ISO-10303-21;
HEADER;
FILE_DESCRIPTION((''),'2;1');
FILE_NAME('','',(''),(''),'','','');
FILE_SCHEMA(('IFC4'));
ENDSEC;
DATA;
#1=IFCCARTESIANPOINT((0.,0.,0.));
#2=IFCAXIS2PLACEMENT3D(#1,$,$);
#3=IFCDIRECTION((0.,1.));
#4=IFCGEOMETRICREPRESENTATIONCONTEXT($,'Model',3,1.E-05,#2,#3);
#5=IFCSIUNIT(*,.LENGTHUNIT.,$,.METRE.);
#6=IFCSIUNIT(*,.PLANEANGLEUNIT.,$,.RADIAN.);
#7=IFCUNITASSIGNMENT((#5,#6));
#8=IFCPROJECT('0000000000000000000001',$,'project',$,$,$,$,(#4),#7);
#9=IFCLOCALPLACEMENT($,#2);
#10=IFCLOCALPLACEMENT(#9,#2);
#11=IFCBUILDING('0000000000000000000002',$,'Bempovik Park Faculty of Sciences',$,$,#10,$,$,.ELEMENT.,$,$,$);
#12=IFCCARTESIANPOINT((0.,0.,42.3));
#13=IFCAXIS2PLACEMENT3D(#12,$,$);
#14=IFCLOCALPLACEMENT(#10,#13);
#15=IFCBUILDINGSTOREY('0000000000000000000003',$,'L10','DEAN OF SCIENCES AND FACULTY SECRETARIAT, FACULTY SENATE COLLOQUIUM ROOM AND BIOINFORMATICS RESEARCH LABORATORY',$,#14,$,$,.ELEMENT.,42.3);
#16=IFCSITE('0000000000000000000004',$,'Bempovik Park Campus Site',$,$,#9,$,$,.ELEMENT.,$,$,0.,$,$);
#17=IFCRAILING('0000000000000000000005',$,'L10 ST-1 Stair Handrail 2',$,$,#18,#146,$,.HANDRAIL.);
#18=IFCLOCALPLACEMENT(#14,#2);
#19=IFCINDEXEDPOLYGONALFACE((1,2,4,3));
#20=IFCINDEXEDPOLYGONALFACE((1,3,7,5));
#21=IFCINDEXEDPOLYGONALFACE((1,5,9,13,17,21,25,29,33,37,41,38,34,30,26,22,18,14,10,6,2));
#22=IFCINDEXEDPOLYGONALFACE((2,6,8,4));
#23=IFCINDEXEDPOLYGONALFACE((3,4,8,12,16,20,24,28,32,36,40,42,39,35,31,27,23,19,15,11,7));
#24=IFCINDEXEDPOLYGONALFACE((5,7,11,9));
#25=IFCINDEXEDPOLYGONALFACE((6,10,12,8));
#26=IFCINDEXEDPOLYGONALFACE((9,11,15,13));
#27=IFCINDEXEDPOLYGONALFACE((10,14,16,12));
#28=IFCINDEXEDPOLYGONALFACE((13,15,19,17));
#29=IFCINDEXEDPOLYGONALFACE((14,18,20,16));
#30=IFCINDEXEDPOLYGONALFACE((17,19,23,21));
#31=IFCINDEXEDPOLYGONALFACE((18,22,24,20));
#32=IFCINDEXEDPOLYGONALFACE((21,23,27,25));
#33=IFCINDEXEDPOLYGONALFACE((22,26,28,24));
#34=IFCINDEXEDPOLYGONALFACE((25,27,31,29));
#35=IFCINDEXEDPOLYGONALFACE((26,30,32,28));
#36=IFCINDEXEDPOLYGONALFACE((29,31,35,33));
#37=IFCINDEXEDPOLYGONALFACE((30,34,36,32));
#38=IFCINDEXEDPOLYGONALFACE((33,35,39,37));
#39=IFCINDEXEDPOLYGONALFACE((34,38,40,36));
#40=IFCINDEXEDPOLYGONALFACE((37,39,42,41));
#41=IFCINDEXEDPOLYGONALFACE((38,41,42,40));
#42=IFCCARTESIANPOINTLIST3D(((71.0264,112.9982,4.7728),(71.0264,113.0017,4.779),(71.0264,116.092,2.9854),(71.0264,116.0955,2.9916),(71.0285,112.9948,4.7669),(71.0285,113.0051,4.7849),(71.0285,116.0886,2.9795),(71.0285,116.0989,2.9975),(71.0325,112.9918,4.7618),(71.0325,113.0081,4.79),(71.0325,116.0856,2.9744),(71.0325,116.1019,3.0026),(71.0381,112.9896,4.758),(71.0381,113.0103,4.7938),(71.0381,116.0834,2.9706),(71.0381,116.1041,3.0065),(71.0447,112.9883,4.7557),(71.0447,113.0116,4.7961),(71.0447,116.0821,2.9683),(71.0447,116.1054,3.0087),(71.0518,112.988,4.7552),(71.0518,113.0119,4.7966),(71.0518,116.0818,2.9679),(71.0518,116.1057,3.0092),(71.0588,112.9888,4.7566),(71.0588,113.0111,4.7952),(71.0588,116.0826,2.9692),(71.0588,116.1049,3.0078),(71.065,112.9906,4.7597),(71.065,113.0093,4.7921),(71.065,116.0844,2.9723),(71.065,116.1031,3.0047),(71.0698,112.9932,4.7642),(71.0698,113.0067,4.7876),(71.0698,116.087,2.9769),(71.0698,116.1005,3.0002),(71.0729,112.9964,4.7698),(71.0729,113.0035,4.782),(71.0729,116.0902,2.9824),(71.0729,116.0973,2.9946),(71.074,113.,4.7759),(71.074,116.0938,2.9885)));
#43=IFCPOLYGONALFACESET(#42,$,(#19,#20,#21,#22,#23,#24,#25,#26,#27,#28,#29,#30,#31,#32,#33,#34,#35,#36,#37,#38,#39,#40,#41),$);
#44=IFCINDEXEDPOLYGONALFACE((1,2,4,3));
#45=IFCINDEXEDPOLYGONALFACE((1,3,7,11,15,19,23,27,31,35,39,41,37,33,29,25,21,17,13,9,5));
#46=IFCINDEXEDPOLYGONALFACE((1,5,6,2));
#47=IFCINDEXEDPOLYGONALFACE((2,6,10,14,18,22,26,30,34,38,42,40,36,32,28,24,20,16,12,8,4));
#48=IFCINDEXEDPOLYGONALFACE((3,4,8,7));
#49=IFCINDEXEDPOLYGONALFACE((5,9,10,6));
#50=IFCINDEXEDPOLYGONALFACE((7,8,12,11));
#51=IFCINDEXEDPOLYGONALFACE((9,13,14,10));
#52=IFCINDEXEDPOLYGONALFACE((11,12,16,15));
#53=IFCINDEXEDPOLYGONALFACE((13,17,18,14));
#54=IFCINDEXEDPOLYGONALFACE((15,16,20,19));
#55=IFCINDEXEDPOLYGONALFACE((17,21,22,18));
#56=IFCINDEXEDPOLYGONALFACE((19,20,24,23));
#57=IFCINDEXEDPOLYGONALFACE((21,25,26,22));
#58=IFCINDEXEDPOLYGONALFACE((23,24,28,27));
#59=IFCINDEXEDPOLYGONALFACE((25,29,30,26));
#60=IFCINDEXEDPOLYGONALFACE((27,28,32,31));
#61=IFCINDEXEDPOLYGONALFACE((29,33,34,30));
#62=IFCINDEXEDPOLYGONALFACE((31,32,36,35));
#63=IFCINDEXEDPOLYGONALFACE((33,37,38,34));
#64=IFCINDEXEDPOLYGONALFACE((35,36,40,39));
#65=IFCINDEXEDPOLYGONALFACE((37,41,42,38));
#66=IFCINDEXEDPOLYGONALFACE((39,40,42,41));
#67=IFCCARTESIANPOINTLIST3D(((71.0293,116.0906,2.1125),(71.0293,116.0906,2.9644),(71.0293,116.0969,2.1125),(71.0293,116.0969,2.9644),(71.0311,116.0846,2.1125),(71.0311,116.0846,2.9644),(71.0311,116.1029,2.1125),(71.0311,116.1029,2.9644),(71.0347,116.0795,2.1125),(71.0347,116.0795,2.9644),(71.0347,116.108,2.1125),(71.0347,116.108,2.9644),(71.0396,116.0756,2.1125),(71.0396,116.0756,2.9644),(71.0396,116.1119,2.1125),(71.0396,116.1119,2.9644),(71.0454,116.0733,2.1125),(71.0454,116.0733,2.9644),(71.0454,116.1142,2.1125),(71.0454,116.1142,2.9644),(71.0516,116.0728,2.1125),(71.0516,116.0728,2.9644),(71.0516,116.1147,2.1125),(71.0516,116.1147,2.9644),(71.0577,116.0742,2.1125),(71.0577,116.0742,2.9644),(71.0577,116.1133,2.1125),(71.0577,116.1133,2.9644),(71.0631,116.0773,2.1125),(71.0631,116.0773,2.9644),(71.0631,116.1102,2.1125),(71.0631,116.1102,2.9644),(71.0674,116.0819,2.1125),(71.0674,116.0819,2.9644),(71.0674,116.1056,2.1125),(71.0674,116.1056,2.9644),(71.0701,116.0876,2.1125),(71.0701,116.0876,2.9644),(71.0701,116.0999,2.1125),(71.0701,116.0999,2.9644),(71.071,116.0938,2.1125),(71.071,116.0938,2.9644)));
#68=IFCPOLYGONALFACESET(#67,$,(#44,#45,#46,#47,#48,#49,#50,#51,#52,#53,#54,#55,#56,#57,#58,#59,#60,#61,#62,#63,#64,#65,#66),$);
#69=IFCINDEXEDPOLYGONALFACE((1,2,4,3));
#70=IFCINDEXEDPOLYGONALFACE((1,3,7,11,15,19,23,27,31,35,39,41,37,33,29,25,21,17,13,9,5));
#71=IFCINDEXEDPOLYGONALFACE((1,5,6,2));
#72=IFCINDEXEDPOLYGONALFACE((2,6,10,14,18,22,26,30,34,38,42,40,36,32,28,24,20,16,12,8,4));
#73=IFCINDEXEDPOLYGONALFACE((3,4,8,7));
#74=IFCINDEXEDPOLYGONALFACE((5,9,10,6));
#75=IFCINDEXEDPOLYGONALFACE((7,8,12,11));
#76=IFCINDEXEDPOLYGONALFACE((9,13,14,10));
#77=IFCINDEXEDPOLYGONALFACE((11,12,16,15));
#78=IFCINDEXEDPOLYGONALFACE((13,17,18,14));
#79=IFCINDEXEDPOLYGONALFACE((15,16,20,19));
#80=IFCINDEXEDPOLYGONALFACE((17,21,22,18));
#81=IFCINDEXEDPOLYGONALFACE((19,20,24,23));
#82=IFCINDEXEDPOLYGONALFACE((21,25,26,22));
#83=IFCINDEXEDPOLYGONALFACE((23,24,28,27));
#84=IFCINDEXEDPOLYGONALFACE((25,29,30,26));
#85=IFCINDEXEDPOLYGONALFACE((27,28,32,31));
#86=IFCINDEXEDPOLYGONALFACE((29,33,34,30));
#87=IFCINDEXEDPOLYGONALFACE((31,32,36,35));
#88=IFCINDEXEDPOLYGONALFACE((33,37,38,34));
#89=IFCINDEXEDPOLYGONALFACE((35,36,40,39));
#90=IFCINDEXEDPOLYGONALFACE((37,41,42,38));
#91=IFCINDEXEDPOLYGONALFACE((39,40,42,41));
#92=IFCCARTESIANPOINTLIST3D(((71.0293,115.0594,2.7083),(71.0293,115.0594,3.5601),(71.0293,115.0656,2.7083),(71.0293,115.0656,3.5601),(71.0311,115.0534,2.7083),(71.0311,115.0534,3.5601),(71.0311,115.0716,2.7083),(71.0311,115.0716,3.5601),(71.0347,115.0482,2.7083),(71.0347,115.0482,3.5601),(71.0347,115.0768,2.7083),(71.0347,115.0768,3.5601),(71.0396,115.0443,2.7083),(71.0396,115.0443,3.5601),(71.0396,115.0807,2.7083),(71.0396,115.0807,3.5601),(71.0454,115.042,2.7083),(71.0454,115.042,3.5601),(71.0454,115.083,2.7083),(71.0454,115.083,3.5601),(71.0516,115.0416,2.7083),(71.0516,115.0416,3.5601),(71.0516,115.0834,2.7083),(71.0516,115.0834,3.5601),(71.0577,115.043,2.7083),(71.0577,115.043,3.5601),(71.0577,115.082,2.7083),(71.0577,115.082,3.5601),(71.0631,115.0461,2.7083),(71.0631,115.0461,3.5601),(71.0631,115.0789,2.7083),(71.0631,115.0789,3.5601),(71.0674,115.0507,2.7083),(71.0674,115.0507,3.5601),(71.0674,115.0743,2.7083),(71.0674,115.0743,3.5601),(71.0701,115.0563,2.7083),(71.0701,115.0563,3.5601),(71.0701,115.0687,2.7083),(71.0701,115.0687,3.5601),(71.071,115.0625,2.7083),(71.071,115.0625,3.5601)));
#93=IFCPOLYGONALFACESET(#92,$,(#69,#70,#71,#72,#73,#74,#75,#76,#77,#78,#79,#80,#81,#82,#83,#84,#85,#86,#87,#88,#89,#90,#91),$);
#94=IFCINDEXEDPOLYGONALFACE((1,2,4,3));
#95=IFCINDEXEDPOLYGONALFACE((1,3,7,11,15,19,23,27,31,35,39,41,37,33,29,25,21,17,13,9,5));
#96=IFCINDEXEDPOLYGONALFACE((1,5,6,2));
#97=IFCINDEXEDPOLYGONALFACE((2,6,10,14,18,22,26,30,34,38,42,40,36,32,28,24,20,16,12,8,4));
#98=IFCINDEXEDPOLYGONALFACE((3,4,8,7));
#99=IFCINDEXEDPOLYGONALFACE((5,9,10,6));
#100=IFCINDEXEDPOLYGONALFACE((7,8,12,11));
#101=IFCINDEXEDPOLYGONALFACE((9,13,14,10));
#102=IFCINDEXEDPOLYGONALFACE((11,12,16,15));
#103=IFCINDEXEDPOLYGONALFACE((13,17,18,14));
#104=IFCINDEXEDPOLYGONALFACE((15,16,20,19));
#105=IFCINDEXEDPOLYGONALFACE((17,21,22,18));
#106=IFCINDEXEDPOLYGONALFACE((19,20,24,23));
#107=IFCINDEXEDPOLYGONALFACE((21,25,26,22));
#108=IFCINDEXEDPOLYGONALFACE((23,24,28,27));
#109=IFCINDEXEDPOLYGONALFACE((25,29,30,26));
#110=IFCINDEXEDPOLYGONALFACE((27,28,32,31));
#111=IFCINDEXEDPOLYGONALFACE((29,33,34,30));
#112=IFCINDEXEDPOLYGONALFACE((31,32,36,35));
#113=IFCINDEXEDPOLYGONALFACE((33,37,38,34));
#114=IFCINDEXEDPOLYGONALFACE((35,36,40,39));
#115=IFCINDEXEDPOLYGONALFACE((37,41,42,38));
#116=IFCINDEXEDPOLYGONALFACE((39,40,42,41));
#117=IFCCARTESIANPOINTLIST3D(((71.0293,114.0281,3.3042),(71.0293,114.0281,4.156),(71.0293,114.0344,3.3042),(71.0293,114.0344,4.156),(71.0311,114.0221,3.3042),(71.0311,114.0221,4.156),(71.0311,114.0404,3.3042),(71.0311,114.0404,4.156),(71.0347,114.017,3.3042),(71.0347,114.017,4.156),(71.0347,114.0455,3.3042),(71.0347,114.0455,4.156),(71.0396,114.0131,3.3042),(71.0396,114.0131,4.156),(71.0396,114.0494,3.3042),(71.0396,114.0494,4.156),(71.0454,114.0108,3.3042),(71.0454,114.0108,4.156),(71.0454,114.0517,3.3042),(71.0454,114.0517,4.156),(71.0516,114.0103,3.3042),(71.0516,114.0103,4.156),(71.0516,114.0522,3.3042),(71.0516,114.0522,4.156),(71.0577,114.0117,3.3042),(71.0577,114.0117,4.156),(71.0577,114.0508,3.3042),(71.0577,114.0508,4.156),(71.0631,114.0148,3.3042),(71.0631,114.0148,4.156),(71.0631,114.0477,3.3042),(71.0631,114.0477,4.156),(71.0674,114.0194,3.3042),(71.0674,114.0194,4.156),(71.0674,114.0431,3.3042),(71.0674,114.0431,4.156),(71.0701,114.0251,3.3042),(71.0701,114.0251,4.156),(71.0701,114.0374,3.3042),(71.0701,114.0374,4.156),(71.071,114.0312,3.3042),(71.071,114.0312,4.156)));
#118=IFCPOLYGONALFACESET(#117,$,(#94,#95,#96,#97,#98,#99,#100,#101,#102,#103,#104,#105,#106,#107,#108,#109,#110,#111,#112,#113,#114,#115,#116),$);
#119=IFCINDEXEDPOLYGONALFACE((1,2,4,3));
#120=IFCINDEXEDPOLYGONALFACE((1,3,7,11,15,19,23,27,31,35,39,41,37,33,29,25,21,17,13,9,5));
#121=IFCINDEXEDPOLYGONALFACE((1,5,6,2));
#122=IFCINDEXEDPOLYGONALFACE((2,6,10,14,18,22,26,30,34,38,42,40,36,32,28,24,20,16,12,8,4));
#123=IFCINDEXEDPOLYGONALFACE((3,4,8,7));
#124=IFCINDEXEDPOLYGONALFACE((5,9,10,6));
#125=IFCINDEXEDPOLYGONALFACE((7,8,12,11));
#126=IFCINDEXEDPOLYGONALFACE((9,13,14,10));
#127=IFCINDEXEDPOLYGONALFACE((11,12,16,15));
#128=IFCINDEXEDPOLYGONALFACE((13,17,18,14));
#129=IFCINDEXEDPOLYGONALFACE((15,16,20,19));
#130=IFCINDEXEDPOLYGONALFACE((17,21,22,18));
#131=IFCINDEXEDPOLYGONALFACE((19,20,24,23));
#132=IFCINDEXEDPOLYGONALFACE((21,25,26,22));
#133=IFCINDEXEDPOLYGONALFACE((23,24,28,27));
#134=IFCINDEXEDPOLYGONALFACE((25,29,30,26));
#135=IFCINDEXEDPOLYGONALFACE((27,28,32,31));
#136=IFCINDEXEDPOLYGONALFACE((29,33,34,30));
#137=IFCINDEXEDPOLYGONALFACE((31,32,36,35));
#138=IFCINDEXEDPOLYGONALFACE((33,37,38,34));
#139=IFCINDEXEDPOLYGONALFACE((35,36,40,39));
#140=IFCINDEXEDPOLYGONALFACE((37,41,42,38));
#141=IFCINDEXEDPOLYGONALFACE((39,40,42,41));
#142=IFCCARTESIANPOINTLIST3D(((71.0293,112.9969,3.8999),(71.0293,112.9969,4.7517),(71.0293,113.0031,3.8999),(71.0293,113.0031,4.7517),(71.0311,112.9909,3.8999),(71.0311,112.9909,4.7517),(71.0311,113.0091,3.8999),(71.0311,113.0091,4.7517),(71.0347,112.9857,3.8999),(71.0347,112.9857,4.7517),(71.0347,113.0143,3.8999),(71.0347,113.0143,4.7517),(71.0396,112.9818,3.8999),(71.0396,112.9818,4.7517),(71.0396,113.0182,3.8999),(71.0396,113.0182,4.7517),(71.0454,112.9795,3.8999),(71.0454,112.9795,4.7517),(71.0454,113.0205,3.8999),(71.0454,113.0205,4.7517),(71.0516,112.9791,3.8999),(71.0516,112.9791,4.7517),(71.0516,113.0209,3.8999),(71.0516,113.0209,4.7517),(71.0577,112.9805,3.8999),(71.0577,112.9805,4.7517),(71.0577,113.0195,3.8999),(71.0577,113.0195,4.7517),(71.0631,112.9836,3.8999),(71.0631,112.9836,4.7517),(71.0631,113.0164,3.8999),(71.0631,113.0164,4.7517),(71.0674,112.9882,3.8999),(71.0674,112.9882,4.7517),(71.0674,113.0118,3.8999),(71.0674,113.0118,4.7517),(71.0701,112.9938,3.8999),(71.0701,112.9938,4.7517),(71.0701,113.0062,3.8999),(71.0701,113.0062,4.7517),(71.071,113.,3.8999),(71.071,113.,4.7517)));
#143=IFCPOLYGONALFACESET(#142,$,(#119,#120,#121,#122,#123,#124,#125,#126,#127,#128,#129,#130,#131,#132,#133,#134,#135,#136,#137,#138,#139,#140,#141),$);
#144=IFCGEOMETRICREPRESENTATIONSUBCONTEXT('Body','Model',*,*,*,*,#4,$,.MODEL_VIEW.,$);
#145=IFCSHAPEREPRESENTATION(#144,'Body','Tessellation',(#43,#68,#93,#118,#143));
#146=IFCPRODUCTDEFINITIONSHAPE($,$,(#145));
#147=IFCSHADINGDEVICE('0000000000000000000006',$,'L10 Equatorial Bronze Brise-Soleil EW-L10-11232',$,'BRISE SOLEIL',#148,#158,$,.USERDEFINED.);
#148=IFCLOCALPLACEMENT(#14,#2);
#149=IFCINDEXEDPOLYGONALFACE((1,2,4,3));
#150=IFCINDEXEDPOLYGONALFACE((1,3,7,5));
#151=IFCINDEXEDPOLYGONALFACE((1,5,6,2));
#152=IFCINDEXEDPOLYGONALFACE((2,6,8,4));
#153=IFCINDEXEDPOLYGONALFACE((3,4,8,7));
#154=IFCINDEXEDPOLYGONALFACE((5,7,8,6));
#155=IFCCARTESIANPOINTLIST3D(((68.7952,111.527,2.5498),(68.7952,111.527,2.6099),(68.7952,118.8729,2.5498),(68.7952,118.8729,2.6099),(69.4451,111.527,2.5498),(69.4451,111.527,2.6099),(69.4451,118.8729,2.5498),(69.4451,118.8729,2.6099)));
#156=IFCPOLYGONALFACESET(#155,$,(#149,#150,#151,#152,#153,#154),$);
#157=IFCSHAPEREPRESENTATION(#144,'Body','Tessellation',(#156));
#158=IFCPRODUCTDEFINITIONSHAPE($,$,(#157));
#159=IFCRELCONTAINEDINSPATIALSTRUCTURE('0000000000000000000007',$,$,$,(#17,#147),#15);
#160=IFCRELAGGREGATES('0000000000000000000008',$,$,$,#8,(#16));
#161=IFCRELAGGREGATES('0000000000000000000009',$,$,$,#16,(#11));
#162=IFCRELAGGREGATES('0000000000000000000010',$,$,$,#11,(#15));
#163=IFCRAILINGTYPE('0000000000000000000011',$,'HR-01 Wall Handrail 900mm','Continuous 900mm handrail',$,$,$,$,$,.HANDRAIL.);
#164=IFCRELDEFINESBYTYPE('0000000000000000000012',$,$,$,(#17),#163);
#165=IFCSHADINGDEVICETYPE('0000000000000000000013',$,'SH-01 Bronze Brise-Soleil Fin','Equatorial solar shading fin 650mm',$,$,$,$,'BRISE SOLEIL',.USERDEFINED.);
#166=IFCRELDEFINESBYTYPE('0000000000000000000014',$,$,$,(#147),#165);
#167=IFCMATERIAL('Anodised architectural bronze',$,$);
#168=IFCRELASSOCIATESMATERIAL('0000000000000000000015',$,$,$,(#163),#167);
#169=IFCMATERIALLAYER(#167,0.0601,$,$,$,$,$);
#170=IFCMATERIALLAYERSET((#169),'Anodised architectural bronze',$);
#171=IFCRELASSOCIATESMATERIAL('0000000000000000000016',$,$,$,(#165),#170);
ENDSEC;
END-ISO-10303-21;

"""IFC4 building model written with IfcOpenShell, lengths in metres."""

from ifc_helpers import new_model, si_unit, direction, frame, origin, origin_2d, place, context, subcontext, project, spatial, rectangle, circle, extrude, material, layer, layer_set, type_object, element, save


model = new_model("IFC4")

# Units and contexts
model_context = context("Model", 3, precision=1e-05, world=origin(), true_north=direction((0.0, 1.0)))
body_context = subcontext(model_context, "Body", "Model", "MODEL_VIEW")
ifc_project = project(units=[si_unit("LENGTHUNIT", "METRE"), si_unit("PLANEANGLEUNIT", "RADIAN")], contexts=[model_context])

# Site, building, storey
site_placement = place(None, origin())
site = spatial("IfcSite", under=ifc_project, at=site_placement, Name="Bempovik Park Campus Site", CompositionType="ELEMENT", RefElevation=0.0)
building_placement = place(site_placement, origin())
building = spatial("IfcBuilding", under=site, at=building_placement, Name="Bempovik Park Faculty of Sciences", CompositionType="ELEMENT")
storey_placement = place(building_placement, frame((0.0, 0.0, 42.3)))
storey = spatial("IfcBuildingStorey", under=building, at=storey_placement, Name="L10", Description="DEAN OF SCIENCES AND FACULTY SECRETARIAT, FACULTY SENATE COLLOQUIUM ROOM AND BIOINFORMATICS RESEARCH LABORATORY", CompositionType="ELEMENT", Elevation=42.3)

# Railing
ifc_material_1 = material(Name="Anodised architectural bronze")
railing_type_1 = type_object("IfcRailingType", Name="HR-01 Wall Handrail 900mm", Description="Continuous 900mm handrail", PredefinedType="HANDRAIL", material=ifc_material_1)
railing_1_placement = place(storey_placement, frame((71.05, 116.0938, 2.1125)))
element("IfcRailing", 1, at=railing_1_placement, inside=storey, type_object=railing_type_1, Name="L10 ST-1 Stair Handrail 2", PredefinedType="HANDRAIL", context=body_context, shape_type="SweptSolid", body=[
    extrude(circle(Radius=0.0239, at=origin_2d()), frame((0.0, 0.0, 0.876), z_axis=(0.0, -0.865883, 0.500247), x_axis=(1.0, 0.0, 0.0)), (0.0, 0.0, 1.0), 3.573),
    extrude(circle(Radius=0.021, at=origin_2d()), origin(), (0.0, 0.0, 1.0), 0.8518),
    extrude(circle(Radius=0.021, at=origin_2d()), frame((0.0, -1.0312, 0.5957)), (0.0, 0.0, 1.0), 0.8518),
    extrude(circle(Radius=0.021, at=origin_2d()), frame((0.0, -2.0625, 1.1917)), (0.0, 0.0, 1.0), 0.8518),
    extrude(circle(Radius=0.021, at=origin_2d()), frame((0.0, -3.0938, 1.7874)), (0.0, 0.0, 1.0), 0.8518),
])

# Shading device
ifc_layer_1 = layer(ifc_material_1, 0.0601)
ifc_layer_set_1 = layer_set([ifc_layer_1], Name="Anodised architectural bronze")
shading_device_type = type_object("IfcShadingDeviceType", Name="SH-01 Bronze Brise-Soleil Fin", Description="Equatorial solar shading fin 650mm", ElementType="BRISE SOLEIL", PredefinedType="USERDEFINED", material=ifc_layer_set_1)
shading_device_placement = place(storey_placement, frame((69.1201, 115.2, 2.5498), z_axis=(0.0, 0.0, 1.0), x_axis=(1.0, 0.0, 0.0)))
element("IfcShadingDevice", 2, at=shading_device_placement, inside=storey, type_object=shading_device_type, Name="L10 Equatorial Bronze Brise-Soleil EW-L10-11232", ObjectType="BRISE SOLEIL", PredefinedType="USERDEFINED", context=body_context, shape_type="SweptSolid", body=[
    extrude(rectangle(XDim=0.6499, YDim=7.3459, at=origin_2d()), origin(), (0.0, 0.0, 1.0), 0.0601),
])

save(model, "model.ifc")
